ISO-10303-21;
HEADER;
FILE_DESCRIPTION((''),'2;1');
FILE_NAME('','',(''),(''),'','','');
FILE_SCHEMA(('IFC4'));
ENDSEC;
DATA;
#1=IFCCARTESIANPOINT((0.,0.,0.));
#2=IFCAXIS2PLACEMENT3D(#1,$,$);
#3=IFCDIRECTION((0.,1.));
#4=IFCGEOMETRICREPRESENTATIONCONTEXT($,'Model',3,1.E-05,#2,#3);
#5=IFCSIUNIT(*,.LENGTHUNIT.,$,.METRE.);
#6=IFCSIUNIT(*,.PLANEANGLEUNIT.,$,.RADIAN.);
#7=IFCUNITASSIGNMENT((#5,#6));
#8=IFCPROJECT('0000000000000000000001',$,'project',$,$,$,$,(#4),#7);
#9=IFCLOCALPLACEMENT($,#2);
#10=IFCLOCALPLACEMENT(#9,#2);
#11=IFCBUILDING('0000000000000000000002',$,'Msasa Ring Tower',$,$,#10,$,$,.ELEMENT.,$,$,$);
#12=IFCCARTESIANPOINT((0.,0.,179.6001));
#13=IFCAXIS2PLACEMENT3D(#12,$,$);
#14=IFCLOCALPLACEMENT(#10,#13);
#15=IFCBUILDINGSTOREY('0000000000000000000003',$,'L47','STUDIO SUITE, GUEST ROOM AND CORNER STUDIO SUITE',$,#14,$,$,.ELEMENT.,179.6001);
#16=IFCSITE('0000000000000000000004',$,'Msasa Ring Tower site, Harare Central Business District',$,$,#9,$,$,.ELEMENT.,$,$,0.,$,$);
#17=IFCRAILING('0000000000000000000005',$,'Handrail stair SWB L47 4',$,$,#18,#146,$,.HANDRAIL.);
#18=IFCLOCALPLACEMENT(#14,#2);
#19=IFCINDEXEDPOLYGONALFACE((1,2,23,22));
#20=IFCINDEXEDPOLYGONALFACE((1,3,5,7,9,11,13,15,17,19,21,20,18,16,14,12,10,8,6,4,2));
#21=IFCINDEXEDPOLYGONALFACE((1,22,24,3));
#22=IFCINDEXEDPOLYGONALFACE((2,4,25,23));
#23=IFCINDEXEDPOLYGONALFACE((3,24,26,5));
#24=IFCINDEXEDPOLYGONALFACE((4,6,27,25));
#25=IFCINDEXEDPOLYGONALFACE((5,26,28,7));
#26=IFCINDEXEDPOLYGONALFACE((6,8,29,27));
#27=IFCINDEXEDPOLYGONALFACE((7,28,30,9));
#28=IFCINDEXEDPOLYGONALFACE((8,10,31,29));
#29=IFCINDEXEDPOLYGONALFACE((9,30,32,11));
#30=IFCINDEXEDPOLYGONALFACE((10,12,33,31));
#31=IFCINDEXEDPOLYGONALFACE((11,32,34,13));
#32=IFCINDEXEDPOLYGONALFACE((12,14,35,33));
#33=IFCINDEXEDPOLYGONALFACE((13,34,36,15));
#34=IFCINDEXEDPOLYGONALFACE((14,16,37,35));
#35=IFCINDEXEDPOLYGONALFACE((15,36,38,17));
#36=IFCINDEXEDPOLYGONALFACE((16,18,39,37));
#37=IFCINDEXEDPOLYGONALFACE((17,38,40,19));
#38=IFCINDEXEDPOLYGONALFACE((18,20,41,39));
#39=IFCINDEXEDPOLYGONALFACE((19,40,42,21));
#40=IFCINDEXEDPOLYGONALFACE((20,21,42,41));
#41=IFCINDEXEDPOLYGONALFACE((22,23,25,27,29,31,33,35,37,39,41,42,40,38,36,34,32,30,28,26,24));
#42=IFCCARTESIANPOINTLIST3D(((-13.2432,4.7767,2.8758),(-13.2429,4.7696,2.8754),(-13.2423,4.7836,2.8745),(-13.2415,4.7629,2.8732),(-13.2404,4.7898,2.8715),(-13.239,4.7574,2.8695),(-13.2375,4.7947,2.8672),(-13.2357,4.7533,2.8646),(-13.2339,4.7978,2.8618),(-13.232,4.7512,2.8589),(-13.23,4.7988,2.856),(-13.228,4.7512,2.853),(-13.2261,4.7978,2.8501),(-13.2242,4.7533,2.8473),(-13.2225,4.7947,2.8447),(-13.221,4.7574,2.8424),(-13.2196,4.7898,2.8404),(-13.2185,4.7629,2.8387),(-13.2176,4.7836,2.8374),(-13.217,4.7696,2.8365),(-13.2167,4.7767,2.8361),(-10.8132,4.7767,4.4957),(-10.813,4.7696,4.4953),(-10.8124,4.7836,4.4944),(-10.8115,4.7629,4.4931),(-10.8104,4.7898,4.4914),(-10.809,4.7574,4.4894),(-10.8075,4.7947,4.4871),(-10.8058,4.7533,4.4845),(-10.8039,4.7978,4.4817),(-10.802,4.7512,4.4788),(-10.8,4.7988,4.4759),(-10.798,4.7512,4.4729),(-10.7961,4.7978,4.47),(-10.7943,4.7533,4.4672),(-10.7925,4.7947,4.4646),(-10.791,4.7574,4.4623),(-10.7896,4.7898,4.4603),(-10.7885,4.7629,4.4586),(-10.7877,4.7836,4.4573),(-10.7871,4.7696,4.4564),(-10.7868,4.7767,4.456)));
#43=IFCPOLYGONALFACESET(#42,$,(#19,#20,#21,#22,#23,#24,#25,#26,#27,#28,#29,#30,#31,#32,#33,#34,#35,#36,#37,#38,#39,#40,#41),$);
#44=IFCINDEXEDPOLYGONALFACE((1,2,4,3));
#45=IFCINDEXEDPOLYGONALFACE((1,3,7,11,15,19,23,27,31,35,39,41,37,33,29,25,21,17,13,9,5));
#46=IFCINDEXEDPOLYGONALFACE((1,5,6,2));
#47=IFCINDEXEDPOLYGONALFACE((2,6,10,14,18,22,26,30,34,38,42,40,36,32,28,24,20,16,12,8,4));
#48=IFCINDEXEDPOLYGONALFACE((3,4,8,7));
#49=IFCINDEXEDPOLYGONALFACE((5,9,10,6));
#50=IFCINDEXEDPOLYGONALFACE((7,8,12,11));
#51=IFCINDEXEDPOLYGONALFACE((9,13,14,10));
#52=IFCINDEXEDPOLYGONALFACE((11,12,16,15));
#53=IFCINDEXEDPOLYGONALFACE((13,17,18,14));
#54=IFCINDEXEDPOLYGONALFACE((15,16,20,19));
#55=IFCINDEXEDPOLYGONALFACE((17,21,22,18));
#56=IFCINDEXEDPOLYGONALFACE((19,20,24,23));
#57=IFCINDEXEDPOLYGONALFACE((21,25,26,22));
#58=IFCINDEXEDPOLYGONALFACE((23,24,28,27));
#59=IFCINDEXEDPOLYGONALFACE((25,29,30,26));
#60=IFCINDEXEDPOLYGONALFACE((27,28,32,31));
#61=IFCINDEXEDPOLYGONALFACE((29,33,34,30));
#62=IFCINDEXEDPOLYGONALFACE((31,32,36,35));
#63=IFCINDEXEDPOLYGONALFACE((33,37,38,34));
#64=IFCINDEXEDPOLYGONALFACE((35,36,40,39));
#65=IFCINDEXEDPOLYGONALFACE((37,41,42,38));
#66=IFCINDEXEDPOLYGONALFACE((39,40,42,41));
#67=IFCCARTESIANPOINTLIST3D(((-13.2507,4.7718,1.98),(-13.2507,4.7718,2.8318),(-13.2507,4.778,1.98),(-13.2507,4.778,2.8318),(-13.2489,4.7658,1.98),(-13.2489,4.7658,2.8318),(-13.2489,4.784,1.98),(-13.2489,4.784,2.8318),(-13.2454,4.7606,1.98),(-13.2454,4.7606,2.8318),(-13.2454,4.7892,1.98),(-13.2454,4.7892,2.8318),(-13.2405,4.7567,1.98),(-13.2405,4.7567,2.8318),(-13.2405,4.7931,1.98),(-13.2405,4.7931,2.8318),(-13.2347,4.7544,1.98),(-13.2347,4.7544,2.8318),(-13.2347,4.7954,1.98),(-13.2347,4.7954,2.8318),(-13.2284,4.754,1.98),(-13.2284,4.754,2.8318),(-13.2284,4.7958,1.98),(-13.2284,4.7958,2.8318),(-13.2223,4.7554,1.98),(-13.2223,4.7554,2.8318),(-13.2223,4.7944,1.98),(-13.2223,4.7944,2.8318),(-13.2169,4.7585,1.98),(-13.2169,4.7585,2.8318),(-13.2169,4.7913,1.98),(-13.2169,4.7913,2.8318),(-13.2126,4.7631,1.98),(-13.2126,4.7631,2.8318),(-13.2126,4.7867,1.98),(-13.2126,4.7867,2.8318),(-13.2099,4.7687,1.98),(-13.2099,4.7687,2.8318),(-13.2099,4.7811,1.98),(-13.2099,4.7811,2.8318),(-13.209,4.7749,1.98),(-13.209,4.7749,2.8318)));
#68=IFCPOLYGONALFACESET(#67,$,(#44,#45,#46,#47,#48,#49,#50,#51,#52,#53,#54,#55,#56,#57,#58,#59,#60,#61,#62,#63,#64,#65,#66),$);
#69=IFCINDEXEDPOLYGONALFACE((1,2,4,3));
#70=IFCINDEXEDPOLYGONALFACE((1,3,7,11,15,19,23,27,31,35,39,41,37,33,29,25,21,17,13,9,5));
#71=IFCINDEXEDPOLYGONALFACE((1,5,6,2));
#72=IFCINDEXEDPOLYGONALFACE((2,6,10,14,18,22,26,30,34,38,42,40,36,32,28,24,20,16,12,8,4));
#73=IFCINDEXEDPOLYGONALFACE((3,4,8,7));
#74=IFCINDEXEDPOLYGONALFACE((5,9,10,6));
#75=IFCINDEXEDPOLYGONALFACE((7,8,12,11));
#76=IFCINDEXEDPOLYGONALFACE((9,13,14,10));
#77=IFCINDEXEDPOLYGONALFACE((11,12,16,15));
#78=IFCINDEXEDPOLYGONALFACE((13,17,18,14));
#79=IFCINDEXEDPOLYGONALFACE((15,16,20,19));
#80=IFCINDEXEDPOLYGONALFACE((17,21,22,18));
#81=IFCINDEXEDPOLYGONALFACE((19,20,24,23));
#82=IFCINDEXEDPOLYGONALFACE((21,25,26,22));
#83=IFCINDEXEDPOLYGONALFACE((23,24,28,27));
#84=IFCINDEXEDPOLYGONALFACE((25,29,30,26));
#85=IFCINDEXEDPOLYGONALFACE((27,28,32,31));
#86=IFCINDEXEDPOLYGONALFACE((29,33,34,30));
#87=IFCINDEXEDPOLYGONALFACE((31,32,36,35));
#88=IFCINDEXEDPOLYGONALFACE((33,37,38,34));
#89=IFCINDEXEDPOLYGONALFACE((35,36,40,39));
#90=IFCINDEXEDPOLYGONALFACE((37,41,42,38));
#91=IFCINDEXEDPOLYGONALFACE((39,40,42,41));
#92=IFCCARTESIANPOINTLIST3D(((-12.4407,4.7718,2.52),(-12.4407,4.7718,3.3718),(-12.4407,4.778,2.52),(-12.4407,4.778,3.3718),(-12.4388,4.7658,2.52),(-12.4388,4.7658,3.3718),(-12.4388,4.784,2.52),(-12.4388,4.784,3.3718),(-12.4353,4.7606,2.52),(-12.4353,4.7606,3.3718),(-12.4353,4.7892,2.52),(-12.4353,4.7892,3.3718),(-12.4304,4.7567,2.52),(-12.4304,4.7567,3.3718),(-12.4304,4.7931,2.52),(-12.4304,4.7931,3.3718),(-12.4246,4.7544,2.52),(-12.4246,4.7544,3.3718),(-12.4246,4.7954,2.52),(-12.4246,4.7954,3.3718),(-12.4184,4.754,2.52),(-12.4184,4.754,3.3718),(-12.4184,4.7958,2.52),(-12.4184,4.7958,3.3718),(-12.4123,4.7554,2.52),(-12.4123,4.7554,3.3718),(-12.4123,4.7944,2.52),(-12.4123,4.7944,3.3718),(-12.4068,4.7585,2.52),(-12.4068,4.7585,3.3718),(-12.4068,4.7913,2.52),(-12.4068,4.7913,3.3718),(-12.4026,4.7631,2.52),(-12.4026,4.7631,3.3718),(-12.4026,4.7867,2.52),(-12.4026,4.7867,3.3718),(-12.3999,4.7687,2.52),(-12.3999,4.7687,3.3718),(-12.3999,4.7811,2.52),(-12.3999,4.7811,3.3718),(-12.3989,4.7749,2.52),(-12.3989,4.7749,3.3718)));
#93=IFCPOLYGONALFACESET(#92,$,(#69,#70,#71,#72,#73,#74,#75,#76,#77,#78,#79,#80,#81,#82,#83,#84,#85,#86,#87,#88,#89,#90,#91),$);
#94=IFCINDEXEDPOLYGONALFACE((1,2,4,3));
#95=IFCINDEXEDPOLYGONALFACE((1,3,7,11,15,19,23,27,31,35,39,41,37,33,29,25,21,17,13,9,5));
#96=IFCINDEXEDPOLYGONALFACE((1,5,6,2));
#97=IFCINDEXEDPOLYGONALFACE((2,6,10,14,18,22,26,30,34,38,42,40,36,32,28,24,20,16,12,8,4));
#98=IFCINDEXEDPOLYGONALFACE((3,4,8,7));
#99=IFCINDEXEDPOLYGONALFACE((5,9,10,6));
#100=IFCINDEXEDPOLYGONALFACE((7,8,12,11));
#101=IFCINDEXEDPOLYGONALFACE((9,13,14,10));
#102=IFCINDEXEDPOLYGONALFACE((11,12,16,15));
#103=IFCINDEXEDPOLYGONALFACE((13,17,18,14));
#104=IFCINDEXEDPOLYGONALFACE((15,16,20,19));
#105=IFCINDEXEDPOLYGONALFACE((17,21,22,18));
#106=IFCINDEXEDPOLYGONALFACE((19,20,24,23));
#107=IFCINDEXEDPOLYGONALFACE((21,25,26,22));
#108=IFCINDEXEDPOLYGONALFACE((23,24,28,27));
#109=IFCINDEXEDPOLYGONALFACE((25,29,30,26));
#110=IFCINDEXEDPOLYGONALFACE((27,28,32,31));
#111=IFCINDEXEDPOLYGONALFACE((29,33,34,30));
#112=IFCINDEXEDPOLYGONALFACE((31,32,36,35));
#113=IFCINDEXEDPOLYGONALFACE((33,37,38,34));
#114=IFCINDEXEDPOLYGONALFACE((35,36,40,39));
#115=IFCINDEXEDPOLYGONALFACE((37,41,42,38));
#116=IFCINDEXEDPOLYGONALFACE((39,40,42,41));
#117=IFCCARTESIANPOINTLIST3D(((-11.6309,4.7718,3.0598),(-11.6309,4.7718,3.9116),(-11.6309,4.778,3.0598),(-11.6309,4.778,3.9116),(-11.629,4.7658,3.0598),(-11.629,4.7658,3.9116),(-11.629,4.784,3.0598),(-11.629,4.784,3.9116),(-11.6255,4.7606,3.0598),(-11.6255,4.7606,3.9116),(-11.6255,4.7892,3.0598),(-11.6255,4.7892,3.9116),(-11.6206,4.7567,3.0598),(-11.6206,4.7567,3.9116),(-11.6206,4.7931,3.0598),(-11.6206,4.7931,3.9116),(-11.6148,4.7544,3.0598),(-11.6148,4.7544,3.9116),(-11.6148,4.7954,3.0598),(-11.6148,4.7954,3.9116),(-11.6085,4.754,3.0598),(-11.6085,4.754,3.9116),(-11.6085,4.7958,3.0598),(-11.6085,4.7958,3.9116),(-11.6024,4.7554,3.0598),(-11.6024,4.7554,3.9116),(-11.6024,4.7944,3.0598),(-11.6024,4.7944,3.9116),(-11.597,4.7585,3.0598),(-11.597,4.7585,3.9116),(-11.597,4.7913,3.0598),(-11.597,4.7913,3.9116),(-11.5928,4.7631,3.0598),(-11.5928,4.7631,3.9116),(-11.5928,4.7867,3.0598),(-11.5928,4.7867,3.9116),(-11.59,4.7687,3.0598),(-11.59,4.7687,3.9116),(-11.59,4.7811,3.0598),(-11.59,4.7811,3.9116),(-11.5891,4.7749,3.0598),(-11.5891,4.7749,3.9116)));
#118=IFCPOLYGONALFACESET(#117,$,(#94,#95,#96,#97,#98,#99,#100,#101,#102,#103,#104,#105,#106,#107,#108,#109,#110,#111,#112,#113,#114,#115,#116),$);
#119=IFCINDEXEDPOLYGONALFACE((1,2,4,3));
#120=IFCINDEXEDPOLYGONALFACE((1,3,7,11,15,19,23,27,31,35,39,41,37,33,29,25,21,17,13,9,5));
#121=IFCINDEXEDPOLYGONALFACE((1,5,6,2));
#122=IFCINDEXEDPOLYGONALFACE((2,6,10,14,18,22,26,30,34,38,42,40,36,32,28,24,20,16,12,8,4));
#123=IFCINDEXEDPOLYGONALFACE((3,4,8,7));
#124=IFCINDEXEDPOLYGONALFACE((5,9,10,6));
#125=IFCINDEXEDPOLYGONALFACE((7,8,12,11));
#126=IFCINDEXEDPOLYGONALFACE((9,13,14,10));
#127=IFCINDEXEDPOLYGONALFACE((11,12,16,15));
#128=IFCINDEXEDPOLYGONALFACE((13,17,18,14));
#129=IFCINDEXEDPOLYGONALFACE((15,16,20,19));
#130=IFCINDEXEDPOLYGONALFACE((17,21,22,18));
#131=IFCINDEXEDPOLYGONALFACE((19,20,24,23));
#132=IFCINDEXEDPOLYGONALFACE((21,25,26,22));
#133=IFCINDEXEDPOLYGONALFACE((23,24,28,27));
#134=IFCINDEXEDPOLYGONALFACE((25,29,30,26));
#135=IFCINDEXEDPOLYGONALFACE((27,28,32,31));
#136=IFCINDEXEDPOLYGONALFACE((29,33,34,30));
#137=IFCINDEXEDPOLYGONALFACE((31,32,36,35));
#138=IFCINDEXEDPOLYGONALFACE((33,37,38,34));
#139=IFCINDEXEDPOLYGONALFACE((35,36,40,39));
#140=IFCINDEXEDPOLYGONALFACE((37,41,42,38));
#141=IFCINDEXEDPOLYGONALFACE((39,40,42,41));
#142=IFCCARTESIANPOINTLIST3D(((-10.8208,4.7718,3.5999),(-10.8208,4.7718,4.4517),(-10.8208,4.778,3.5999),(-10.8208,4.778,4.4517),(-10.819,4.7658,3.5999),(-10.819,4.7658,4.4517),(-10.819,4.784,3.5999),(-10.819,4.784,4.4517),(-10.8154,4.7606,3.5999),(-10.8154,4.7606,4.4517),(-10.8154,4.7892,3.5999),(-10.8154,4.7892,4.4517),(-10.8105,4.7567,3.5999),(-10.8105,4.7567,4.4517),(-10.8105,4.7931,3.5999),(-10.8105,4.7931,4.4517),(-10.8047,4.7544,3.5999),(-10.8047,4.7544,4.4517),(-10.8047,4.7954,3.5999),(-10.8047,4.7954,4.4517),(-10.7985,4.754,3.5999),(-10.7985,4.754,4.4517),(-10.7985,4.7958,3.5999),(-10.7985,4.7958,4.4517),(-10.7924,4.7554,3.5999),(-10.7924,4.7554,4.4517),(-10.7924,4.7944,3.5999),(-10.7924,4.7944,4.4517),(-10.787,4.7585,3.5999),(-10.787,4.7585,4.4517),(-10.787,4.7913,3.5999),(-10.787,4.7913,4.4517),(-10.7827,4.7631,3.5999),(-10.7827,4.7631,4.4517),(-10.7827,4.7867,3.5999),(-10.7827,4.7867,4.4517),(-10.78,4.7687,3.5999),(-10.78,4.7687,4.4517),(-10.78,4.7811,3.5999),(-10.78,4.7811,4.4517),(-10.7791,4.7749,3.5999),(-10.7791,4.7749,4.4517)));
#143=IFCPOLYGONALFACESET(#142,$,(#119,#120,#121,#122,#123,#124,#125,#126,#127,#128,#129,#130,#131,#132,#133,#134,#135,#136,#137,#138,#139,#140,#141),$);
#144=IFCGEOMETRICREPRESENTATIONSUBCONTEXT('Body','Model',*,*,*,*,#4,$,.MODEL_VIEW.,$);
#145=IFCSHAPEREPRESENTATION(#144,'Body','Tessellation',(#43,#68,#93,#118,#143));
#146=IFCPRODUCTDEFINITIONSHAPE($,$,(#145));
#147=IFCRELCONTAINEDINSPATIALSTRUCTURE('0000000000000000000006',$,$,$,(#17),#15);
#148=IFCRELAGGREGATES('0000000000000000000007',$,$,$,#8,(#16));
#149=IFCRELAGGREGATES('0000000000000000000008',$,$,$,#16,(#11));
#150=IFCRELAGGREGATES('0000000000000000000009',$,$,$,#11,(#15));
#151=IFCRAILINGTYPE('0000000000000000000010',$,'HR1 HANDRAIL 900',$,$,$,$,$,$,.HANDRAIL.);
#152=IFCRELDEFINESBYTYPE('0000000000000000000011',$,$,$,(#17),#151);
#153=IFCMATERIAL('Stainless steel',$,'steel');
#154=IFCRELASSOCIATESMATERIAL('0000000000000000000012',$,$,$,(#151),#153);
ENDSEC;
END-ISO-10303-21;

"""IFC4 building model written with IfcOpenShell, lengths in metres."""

from ifc_helpers import new_model, si_unit, direction, frame, origin, origin_2d, place, context, subcontext, project, spatial, circle, extrude, material, type_object, element, save


model = new_model("IFC4")

# Units and contexts
model_context = context("Model", 3, precision=1e-05, world=origin(), true_north=direction((0.0, 1.0)))
body_context = subcontext(model_context, "Body", "Model", "MODEL_VIEW")
ifc_project = project(units=[si_unit("LENGTHUNIT", "METRE"), si_unit("PLANEANGLEUNIT", "RADIAN")], contexts=[model_context])

# Site, building, storey
site_placement = place(None, origin())
site = spatial("IfcSite", under=ifc_project, at=site_placement, Name="Msasa Ring Tower site, Harare Central Business District", CompositionType="ELEMENT", RefElevation=0.0)
building_placement = place(site_placement, origin())
building = spatial("IfcBuilding", under=site, at=building_placement, Name="Msasa Ring Tower", CompositionType="ELEMENT")
storey_placement = place(building_placement, frame((0.0, 0.0, 179.6001)))
storey = spatial("IfcBuildingStorey", under=building, at=storey_placement, Name="L47", Description="STUDIO SUITE, GUEST ROOM AND CORNER STUDIO SUITE", CompositionType="ELEMENT", Elevation=179.6001)

# Railing
ifc_material_1 = material(Name="Stainless steel", Category="steel")
railing_type = type_object("IfcRailingType", Name="HR1 HANDRAIL 900", PredefinedType="HANDRAIL", material=ifc_material_1)
railing_placement = place(storey_placement, frame((-13.23, 4.7749, 1.98)))
element("IfcRailing", 1, at=railing_placement, inside=storey, type_object=railing_type, Name="Handrail stair SWB L47 4", PredefinedType="HANDRAIL", context=body_context, shape_type="SweptSolid", body=[
    extrude(circle(Radius=0.0239, at=origin_2d()), frame((0.0, 0.0, 0.876), z_axis=(0.832063, 0.0, 0.554681), x_axis=(0.0, 1.0, 0.0)), (0.0, 0.0, 1.0), 2.9204),
    extrude(circle(Radius=0.021, at=origin_2d()), origin(), (0.0, 0.0, 1.0), 0.8518),
    extrude(circle(Radius=0.021, at=origin_2d()), frame((0.8101, 0.0, 0.54)), (0.0, 0.0, 1.0), 0.8518),
    extrude(circle(Radius=0.021, at=origin_2d()), frame((1.6199, 0.0, 1.0798)), (0.0, 0.0, 1.0), 0.8518),
    extrude(circle(Radius=0.021, at=origin_2d()), frame((2.4299, 0.0, 1.6199)), (0.0, 0.0, 1.0), 0.8518),
])

save(model, "model.ifc")
